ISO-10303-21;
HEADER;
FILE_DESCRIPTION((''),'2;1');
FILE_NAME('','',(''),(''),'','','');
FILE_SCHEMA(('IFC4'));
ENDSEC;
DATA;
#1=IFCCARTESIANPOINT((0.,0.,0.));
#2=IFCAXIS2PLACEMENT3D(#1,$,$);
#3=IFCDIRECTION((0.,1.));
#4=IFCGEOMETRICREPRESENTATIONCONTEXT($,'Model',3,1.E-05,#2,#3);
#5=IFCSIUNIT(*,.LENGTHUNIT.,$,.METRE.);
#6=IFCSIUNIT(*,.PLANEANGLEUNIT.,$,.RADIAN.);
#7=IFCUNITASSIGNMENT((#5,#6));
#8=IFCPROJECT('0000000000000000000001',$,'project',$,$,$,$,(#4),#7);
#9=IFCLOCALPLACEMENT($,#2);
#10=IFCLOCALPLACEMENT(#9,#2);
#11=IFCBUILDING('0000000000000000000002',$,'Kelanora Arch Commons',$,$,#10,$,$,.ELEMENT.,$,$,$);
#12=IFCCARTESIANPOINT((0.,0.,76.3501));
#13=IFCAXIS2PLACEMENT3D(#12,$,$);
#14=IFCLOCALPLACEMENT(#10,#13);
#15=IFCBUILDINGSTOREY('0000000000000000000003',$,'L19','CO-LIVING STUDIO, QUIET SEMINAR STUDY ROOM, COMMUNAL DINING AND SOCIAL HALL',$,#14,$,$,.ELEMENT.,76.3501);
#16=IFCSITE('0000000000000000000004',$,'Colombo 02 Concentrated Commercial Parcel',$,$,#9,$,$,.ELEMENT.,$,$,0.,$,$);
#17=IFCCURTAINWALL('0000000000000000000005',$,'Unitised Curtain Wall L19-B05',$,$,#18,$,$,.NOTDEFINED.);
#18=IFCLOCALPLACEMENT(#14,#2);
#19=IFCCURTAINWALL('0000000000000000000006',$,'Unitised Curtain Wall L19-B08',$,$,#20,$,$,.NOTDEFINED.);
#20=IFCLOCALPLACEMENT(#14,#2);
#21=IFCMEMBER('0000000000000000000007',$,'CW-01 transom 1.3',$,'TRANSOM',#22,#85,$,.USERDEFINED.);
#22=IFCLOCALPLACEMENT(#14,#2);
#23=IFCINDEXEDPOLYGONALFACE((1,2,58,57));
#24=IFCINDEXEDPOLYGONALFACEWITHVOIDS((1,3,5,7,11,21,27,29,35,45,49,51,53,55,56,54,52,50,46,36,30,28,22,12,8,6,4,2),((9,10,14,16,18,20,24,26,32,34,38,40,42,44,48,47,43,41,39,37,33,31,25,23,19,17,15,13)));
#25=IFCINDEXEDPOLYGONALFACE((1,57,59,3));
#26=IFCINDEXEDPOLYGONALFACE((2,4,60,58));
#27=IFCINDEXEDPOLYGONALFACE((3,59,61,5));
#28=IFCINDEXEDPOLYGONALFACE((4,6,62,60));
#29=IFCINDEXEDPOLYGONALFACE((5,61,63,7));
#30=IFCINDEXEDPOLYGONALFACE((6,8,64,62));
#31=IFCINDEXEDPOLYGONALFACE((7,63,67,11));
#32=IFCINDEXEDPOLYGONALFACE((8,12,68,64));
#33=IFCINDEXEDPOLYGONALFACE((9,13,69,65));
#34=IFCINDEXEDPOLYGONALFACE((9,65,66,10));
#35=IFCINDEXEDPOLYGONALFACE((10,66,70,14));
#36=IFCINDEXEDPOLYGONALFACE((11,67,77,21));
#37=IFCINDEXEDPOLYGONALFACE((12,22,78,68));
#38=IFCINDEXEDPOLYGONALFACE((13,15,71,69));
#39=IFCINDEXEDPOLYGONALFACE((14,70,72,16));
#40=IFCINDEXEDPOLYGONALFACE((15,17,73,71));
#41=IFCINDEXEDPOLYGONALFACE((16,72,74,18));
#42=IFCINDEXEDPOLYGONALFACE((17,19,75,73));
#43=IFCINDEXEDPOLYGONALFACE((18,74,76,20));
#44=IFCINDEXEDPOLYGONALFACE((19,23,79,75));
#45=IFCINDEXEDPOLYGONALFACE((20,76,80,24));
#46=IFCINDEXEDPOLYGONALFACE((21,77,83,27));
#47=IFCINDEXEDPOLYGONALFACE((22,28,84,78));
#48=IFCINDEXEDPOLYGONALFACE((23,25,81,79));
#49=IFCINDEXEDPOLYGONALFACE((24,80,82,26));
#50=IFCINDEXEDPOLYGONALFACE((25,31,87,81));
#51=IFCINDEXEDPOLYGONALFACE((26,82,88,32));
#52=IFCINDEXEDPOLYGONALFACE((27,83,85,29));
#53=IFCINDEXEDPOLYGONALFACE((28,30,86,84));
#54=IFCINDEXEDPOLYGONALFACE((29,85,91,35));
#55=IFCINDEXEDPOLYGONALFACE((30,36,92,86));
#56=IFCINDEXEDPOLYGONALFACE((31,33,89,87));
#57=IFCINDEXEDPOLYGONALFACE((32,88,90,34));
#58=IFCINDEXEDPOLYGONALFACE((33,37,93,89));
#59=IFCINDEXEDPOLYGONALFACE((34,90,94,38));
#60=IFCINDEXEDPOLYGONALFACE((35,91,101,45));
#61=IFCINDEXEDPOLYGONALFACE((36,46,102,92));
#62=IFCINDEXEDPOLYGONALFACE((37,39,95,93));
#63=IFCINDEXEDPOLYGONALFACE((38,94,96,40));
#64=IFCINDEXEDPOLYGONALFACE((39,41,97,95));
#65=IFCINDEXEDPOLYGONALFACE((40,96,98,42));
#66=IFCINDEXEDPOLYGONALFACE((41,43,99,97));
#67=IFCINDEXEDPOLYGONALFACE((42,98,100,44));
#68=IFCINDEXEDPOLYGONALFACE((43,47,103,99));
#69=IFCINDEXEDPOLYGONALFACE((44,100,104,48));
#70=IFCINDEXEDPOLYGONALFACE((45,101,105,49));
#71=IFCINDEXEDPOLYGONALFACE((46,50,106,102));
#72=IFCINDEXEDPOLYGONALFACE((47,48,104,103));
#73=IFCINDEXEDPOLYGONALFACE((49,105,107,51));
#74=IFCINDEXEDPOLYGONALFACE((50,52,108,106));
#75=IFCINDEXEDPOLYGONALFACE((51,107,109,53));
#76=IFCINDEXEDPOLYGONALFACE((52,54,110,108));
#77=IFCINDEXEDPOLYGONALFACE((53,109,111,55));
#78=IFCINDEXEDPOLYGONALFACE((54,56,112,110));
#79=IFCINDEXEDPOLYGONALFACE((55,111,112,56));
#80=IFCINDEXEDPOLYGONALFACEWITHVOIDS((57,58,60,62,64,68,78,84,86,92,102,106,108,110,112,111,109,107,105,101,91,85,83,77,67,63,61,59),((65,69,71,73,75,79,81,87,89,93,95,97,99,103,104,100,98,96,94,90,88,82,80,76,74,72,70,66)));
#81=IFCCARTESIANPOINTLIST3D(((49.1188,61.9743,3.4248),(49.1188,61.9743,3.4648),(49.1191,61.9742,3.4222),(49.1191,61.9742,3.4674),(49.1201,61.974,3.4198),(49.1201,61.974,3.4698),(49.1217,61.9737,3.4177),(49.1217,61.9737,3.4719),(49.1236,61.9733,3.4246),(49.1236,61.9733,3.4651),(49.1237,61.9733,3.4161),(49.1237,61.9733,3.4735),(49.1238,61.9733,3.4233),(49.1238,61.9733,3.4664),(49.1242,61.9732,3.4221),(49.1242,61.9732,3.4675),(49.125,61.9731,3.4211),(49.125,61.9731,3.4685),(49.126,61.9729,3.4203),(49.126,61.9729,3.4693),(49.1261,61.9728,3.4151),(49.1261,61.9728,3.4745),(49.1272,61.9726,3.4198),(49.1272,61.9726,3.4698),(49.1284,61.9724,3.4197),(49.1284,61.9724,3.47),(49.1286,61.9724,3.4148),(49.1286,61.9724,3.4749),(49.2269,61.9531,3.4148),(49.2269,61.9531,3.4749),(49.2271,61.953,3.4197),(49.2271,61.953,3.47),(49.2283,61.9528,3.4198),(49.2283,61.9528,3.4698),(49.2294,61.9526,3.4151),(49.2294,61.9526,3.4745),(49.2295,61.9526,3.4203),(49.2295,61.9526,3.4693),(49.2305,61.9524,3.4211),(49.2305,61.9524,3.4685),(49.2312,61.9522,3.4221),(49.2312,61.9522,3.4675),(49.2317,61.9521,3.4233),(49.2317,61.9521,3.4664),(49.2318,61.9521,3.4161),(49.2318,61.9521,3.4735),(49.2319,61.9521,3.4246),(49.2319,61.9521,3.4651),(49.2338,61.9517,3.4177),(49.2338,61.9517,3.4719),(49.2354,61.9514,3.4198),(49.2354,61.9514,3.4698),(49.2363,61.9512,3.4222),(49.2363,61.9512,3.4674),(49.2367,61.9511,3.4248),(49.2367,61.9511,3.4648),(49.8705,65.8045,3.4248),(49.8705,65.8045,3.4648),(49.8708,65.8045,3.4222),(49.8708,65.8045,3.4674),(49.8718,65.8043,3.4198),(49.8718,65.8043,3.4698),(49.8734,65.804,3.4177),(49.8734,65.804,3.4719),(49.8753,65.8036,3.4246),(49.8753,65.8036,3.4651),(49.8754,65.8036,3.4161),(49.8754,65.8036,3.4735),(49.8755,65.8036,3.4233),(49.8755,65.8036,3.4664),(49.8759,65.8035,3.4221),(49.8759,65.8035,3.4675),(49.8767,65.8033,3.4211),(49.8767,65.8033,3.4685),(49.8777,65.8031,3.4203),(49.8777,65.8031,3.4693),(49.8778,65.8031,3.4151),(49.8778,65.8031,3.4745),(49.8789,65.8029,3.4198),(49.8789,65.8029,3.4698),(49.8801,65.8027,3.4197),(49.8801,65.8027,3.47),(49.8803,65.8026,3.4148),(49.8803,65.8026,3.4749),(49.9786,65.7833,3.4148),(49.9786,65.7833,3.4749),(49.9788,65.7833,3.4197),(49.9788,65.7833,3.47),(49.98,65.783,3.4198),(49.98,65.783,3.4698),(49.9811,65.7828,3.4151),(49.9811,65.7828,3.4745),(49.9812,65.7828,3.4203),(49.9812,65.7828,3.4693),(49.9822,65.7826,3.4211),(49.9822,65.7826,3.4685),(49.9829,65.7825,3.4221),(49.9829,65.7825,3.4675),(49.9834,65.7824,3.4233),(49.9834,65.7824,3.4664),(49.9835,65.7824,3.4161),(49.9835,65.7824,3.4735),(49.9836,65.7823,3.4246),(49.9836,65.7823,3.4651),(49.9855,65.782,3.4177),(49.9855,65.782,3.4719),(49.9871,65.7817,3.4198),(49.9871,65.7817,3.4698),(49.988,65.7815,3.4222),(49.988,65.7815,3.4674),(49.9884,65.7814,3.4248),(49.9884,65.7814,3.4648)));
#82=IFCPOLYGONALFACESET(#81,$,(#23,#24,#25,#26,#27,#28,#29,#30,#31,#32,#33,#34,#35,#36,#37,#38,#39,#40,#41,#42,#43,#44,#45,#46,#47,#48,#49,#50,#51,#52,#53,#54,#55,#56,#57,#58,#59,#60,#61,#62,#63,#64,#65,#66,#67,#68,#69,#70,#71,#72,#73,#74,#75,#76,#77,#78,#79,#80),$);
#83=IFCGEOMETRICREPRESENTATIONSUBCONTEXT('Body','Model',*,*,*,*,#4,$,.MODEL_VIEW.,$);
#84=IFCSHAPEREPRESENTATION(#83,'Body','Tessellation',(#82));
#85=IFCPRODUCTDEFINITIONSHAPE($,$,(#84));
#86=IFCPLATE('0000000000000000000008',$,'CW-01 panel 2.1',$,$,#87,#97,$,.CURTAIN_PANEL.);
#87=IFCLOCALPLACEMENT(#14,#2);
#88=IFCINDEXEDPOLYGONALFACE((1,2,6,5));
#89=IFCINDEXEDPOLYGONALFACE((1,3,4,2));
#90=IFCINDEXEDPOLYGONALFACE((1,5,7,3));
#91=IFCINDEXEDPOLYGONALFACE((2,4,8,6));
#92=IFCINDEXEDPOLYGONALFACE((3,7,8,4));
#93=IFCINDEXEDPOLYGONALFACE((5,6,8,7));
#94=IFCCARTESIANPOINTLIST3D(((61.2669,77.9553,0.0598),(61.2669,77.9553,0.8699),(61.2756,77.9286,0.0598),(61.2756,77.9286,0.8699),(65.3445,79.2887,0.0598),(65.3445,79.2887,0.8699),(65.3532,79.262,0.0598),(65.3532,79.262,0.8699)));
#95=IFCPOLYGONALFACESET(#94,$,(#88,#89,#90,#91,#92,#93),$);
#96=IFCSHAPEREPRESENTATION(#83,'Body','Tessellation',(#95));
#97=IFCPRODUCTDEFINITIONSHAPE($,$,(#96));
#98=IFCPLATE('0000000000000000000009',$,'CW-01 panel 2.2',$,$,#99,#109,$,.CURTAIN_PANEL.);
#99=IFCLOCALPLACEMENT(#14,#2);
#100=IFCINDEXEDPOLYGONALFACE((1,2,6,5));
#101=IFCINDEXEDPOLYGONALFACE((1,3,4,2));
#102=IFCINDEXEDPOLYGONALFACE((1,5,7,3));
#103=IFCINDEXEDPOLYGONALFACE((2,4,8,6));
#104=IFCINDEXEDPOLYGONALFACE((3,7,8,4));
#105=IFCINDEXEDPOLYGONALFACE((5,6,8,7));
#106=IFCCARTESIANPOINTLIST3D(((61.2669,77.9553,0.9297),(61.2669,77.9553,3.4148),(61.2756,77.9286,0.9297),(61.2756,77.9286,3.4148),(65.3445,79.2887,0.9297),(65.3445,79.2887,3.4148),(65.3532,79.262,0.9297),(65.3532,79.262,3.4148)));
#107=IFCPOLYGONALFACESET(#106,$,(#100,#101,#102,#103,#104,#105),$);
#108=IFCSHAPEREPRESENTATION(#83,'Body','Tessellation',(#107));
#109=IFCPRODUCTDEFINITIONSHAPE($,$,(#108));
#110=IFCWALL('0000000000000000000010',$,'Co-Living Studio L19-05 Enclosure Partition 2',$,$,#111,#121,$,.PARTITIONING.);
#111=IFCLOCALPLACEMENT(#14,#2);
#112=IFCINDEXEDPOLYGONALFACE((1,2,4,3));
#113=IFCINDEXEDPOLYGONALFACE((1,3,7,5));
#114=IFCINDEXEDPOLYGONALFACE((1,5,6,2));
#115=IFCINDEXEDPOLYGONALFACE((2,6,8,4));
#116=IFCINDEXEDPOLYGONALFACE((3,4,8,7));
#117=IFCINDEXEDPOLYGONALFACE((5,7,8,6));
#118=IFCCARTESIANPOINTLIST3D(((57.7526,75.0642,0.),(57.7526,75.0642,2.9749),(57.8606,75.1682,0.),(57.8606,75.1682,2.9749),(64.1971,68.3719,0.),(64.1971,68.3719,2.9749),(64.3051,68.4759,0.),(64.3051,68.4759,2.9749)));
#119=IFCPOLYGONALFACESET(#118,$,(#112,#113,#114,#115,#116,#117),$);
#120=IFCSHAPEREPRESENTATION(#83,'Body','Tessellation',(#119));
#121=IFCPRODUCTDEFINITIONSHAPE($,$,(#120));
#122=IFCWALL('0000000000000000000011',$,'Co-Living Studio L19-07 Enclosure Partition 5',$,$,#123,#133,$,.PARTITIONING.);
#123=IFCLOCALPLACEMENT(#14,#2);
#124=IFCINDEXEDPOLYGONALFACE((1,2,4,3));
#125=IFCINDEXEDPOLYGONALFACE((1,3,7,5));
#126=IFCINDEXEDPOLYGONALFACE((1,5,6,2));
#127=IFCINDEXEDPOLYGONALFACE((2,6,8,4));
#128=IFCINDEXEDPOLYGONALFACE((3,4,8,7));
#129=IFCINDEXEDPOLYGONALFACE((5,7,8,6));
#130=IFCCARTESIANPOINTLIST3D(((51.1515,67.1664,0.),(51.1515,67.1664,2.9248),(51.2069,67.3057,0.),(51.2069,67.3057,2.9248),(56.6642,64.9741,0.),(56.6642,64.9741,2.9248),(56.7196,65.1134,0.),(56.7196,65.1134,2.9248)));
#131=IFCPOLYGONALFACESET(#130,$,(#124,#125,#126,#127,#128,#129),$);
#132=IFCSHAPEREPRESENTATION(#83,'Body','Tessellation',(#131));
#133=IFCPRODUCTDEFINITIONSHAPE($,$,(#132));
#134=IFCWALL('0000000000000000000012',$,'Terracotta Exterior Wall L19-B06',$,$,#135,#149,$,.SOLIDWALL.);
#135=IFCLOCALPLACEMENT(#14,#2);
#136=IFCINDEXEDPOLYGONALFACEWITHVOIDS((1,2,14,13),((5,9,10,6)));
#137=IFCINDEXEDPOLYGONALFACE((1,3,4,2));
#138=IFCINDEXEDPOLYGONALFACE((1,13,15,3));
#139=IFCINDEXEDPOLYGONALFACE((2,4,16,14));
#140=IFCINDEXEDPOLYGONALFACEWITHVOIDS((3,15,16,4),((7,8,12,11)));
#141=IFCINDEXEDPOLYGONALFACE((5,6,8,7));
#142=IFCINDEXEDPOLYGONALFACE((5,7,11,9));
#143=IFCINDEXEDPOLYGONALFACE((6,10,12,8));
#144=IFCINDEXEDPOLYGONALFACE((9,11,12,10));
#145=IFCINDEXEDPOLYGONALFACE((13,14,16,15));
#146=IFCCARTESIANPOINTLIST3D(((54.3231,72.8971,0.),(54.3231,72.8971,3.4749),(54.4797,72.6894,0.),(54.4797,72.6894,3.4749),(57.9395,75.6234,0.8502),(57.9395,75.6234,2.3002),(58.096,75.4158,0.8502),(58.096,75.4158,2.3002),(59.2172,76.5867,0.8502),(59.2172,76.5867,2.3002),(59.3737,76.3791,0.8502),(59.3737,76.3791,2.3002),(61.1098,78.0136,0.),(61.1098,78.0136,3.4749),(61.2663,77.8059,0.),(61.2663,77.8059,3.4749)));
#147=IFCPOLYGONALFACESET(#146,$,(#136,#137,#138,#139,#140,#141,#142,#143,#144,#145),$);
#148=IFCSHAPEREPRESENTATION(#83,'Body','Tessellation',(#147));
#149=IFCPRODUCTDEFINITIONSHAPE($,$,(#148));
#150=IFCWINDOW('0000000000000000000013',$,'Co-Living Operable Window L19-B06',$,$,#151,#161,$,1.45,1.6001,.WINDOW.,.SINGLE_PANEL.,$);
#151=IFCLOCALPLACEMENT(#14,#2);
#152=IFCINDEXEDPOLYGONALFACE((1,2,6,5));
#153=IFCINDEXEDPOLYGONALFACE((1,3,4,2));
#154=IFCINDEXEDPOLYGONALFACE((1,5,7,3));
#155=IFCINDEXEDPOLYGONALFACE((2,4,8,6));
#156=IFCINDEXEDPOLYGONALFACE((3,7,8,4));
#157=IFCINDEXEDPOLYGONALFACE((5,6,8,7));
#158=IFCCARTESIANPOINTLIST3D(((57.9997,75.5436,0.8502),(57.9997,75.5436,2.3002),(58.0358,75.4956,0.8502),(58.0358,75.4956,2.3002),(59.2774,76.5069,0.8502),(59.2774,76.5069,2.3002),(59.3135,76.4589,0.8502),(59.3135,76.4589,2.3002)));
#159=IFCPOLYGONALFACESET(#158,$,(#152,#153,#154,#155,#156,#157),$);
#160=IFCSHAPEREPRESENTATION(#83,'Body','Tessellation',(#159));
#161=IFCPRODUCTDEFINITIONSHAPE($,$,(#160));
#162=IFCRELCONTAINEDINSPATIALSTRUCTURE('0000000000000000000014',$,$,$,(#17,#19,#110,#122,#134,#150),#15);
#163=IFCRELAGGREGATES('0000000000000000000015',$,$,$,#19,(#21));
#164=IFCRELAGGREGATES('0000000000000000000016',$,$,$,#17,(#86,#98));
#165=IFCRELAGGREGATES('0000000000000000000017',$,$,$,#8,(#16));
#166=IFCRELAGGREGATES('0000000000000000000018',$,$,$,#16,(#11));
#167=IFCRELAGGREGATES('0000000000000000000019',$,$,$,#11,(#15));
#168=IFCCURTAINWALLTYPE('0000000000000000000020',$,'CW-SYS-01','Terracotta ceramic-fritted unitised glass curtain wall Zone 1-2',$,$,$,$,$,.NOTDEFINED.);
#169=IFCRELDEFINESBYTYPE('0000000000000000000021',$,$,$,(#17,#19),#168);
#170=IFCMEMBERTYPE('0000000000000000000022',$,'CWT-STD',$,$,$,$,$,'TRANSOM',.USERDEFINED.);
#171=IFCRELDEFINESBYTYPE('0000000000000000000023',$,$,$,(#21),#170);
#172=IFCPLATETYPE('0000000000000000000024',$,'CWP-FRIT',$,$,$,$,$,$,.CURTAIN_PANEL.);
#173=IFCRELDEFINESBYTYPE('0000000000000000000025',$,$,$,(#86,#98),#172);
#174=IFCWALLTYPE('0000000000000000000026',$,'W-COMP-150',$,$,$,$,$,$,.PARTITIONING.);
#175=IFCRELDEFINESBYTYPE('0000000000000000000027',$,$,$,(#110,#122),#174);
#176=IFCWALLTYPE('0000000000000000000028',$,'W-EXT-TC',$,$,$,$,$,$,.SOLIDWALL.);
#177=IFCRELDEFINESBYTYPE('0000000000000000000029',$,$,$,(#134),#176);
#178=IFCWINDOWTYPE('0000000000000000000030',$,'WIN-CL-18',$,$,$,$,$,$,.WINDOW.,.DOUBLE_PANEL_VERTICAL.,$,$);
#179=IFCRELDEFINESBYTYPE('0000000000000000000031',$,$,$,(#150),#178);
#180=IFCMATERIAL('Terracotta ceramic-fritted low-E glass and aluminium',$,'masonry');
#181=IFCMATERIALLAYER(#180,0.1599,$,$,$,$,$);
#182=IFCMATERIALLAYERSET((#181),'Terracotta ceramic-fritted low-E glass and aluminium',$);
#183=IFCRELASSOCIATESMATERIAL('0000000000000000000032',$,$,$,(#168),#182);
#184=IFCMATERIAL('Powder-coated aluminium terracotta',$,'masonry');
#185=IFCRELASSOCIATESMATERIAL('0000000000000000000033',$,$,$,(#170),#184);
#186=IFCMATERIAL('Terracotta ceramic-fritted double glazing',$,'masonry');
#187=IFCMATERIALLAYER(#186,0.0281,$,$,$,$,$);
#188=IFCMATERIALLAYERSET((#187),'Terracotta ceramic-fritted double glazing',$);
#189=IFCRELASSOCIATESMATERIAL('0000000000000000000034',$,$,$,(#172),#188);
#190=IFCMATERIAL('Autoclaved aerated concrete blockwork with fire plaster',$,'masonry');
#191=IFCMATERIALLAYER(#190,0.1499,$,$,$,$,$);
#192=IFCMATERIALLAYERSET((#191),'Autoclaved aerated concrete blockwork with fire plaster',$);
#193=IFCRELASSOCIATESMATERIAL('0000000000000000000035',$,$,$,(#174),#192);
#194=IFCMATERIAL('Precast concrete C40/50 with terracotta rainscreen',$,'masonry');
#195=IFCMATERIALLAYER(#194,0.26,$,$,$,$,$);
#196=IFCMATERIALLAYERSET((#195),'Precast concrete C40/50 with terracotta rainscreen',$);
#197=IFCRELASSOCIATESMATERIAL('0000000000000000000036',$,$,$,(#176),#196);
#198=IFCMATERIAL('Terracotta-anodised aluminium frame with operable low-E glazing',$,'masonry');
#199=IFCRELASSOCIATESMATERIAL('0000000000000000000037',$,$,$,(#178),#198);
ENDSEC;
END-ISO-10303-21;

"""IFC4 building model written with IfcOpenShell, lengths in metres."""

from ifc_helpers import new_model, si_unit, direction, frame, frame_2d, origin, origin_2d, place, context, subcontext, project, spatial, rectangle, hollow_rectangle, extrude, source, transform, mapped, material, layer, layer_set, material_profile, profile_set, type_object, element, fill, aggregate, save


model = new_model("IFC4")

# Units and contexts
model_context = context("Model", 3, precision=1e-05, world=origin(), true_north=direction((0.0, 1.0)))
body_context = subcontext(model_context, "Body", "Model", "MODEL_VIEW")
ifc_project = project(units=[si_unit("LENGTHUNIT", "METRE"), si_unit("PLANEANGLEUNIT", "RADIAN")], contexts=[model_context])

# Site, building, storey
site_placement = place(None, origin())
site = spatial("IfcSite", under=ifc_project, at=site_placement, Name="Colombo 02 Concentrated Commercial Parcel", CompositionType="ELEMENT", RefElevation=0.0)
building_placement = place(site_placement, origin())
building = spatial("IfcBuilding", under=site, at=building_placement, Name="Kelanora Arch Commons", CompositionType="ELEMENT")
storey_placement = place(building_placement, frame((0.0, 0.0, 76.3501)))
storey = spatial("IfcBuildingStorey", under=building, at=storey_placement, Name="L19", Description="CO-LIVING STUDIO, QUIET SEMINAR STUDY ROOM, COMMUNAL DINING AND SOCIAL HALL", CompositionType="ELEMENT", Elevation=76.3501)

# Curtain wall
ifc_material_1 = material(Name="Terracotta ceramic-fritted low-E glass and aluminium", Category="masonry")
ifc_layer_1 = layer(ifc_material_1, 0.1599)
ifc_layer_set_1 = layer_set([ifc_layer_1], Name="Terracotta ceramic-fritted low-E glass and aluminium")
curtain_wall_type = type_object("IfcCurtainWallType", Name="CW-SYS-01", Description="Terracotta ceramic-fritted unitised glass curtain wall Zone 1-2", PredefinedType="NOTDEFINED", material=ifc_layer_set_1)
curtain_wall_1_placement = place(storey_placement, origin())
curtain_wall_1 = element("IfcCurtainWall", 1, at=curtain_wall_1_placement, inside=storey, type_object=curtain_wall_type, Name="Unitised Curtain Wall L19-B05", PredefinedType="NOTDEFINED")
ifc_material_2 = material(Name="Powder-coated aluminium terracotta", Category="masonry")

# Curtain wall, member
curtain_wall_2_placement = place(storey_placement, origin())
curtain_wall_2 = element("IfcCurtainWall", 2, at=curtain_wall_2_placement, inside=storey, type_object=curtain_wall_type, Name="Unitised Curtain Wall L19-B08", PredefinedType="NOTDEFINED")
ifc_material_profile_1 = material_profile(ifc_material_2, hollow_rectangle(XDim=0.1201, YDim=0.0601, WallThickness=0.0049, InnerFilletRadius=0.0049, OuterFilletRadius=0.01, at=origin_2d()), Name="CWT120x60")
ifc_profile_set_1 = profile_set([ifc_material_profile_1], Name="Powder-coated aluminium terracotta")
member_type_1 = type_object("IfcMemberType", Name="CWT-STD", ElementType="TRANSOM", PredefinedType="USERDEFINED", material=ifc_profile_set_1)
member_1_placement = place(storey_placement, frame((49.9294, 65.793, 3.4448), z_axis=(-0.192579, -0.981282, 0.0), x_axis=(0.981282, -0.192579, 0.0)))
member_1 = element("IfcMember", 3, at=member_1_placement, type_object=member_type_1, Name="CW-01 transom 1.3", ObjectType="TRANSOM", PredefinedType="USERDEFINED", context=body_context, shape_type="SweptSolid", body=[
    extrude(hollow_rectangle(XDim=0.1201, YDim=0.0601, WallThickness=0.0049, InnerFilletRadius=0.0049, OuterFilletRadius=0.01, at=origin_2d()), origin(), (0.0, 0.0, 1.0), 3.9033),
])
aggregate(curtain_wall_2, [member_1])

# Plates
ifc_material_3 = material(Name="Terracotta ceramic-fritted double glazing", Category="masonry")
ifc_layer_2 = layer(ifc_material_3, 0.0281)
ifc_layer_set_2 = layer_set([ifc_layer_2], Name="Terracotta ceramic-fritted double glazing")
plate_type = type_object("IfcPlateType", Name="CWP-FRIT", PredefinedType="CURTAIN_PANEL", material=ifc_layer_set_2)
shared_shape_1 = source(origin(), body_context, "Body", "SweptSolid", [
    extrude(rectangle(XDim=4.29, YDim=0.0281, at=origin_2d()), origin(), (0.0, 0.0, 1.0), 0.8101),
])
plate_1_placement = place(storey_placement, frame((63.3101, 78.6086, 0.0598), z_axis=(0.0, 0.0, 1.0), x_axis=(-0.950474, -0.310805, 0.0)))
plate_1 = element("IfcPlate", 4, at=plate_1_placement, type_object=plate_type, Name="CW-01 panel 2.1", PredefinedType="CURTAIN_PANEL", context=body_context, shape_type="MappedRepresentation", body=[
    mapped(shared_shape_1, transform((0.0, 0.0, 0.0), scale=1.0)),
])
shared_shape_2 = source(origin(), body_context, "Body", "SweptSolid", [
    extrude(rectangle(XDim=4.29, YDim=0.0281, at=origin_2d()), origin(), (0.0, 0.0, 1.0), 2.4851),
])
plate_2_placement = place(storey_placement, frame((63.3101, 78.6086, 0.9297), z_axis=(0.0, 0.0, 1.0), x_axis=(-0.950474, -0.310805, 0.0)))
plate_2 = element("IfcPlate", 5, at=plate_2_placement, type_object=plate_type, Name="CW-01 panel 2.2", PredefinedType="CURTAIN_PANEL", context=body_context, shape_type="MappedRepresentation", body=[
    mapped(shared_shape_2, transform((0.0, 0.0, 0.0), scale=1.0)),
])
aggregate(curtain_wall_1, [plate_1, plate_2])

# Walls
ifc_material_4 = material(Name="Autoclaved aerated concrete blockwork with fire plaster", Category="masonry")
ifc_layer_3 = layer(ifc_material_4, 0.1499)
ifc_layer_set_3 = layer_set([ifc_layer_3], Name="Autoclaved aerated concrete blockwork with fire plaster")
wall_type_1 = type_object("IfcWallType", Name="W-COMP-150", PredefinedType="PARTITIONING", material=ifc_layer_set_3)
wall_1_placement = place(storey_placement, frame((64.2512, 68.4238, 0.0), z_axis=(0.0, 0.0, 1.0), x_axis=(-0.693645, 0.720317, 0.0)))
element("IfcWall", 6, at=wall_1_placement, inside=storey, type_object=wall_type_1, Name="Co-Living Studio L19-05 Enclosure Partition 2", PredefinedType="PARTITIONING", context=body_context, shape_type="SweptSolid", body=[
    extrude(rectangle(XDim=9.2908, YDim=0.1499, at=frame_2d((4.6455, 0.0))), origin(), (0.0, 0.0, 1.0), 2.9749),
])
wall_2_placement = place(storey_placement, frame((51.1792, 67.2361, 0.0), z_axis=(0.0, 0.0, 1.0), x_axis=(0.929213, -0.369545, 0.0)))
element("IfcWall", 7, at=wall_2_placement, inside=storey, type_object=wall_type_1, Name="Co-Living Studio L19-07 Enclosure Partition 5", PredefinedType="PARTITIONING", context=body_context, shape_type="SweptSolid", body=[
    extrude(rectangle(XDim=5.9326, YDim=0.1499, at=frame_2d((2.9663, 0.0))), origin(), (0.0, 0.0, 1.0), 2.9248),
])

# Wall, opening, window
ifc_material_5 = material(Name="Precast concrete C40/50 with terracotta rainscreen", Category="masonry")
ifc_layer_4 = layer(ifc_material_5, 0.26)
ifc_layer_set_4 = layer_set([ifc_layer_4], Name="Precast concrete C40/50 with terracotta rainscreen")
wall_type_2 = type_object("IfcWallType", Name="W-EXT-TC", PredefinedType="SOLIDWALL", material=ifc_layer_set_4)
wall_3_placement = place(storey_placement, frame((61.188, 77.9097, 0.0), z_axis=(0.0, 0.0, 1.0), x_axis=(-0.798502, -0.601993, 0.0)))
wall_3 = element("IfcWall", 8, at=wall_3_placement, inside=storey, type_object=wall_type_2, Name="Terracotta Exterior Wall L19-B06", PredefinedType="SOLIDWALL", context=body_context, shape_type="SweptSolid", body=[
    extrude(rectangle(XDim=8.4993, YDim=0.26, at=frame_2d((4.2495, 0.0))), origin(), (0.0, 0.0, 1.0), 3.4749),
])
opening_1_placement = place(wall_3_placement, frame((2.3701, 0.0, 0.8501)))
opening_1 = element("IfcOpeningElement", 9, at=opening_1_placement, cuts=wall_3, PredefinedType="OPENING", context=body_context, shape_type="SweptSolid", body=[
    extrude(rectangle(XDim=1.6001, YDim=1.45, at=frame_2d((0.8, 0.7251))), frame((0.0, 0.1401, 0.0), z_axis=(0.0, -1.0, 0.0), x_axis=(1.0, 0.0, 0.0)), (0.0, 0.0, 1.0), 0.28),
])
ifc_material_6 = material(Name="Terracotta-anodised aluminium frame with operable low-E glazing", Category="masonry")
window_type_1 = type_object("IfcWindowType", Name="WIN-CL-18", PartitioningType="DOUBLE_PANEL_VERTICAL", PredefinedType="WINDOW", material=ifc_material_6)
window_1_placement = place(opening_1_placement, origin())
window_1 = element("IfcWindow", 10, at=window_1_placement, inside=storey, type_object=window_type_1, Name="Co-Living Operable Window L19-B06", OverallHeight=1.45, OverallWidth=1.6001, PartitioningType="SINGLE_PANEL", PredefinedType="WINDOW", context=body_context, shape_type="SweptSolid", body=[
    extrude(rectangle(XDim=1.6001, YDim=1.45, at=frame_2d((0.8, 0.7251))), frame((0.0, 0.03, 0.0), z_axis=(0.0, -1.0, 0.0), x_axis=(1.0, 0.0, 0.0)), (0.0, 0.0, 1.0), 0.0601),
])
fill(opening_1, window_1)

save(model, "model.ifc")
